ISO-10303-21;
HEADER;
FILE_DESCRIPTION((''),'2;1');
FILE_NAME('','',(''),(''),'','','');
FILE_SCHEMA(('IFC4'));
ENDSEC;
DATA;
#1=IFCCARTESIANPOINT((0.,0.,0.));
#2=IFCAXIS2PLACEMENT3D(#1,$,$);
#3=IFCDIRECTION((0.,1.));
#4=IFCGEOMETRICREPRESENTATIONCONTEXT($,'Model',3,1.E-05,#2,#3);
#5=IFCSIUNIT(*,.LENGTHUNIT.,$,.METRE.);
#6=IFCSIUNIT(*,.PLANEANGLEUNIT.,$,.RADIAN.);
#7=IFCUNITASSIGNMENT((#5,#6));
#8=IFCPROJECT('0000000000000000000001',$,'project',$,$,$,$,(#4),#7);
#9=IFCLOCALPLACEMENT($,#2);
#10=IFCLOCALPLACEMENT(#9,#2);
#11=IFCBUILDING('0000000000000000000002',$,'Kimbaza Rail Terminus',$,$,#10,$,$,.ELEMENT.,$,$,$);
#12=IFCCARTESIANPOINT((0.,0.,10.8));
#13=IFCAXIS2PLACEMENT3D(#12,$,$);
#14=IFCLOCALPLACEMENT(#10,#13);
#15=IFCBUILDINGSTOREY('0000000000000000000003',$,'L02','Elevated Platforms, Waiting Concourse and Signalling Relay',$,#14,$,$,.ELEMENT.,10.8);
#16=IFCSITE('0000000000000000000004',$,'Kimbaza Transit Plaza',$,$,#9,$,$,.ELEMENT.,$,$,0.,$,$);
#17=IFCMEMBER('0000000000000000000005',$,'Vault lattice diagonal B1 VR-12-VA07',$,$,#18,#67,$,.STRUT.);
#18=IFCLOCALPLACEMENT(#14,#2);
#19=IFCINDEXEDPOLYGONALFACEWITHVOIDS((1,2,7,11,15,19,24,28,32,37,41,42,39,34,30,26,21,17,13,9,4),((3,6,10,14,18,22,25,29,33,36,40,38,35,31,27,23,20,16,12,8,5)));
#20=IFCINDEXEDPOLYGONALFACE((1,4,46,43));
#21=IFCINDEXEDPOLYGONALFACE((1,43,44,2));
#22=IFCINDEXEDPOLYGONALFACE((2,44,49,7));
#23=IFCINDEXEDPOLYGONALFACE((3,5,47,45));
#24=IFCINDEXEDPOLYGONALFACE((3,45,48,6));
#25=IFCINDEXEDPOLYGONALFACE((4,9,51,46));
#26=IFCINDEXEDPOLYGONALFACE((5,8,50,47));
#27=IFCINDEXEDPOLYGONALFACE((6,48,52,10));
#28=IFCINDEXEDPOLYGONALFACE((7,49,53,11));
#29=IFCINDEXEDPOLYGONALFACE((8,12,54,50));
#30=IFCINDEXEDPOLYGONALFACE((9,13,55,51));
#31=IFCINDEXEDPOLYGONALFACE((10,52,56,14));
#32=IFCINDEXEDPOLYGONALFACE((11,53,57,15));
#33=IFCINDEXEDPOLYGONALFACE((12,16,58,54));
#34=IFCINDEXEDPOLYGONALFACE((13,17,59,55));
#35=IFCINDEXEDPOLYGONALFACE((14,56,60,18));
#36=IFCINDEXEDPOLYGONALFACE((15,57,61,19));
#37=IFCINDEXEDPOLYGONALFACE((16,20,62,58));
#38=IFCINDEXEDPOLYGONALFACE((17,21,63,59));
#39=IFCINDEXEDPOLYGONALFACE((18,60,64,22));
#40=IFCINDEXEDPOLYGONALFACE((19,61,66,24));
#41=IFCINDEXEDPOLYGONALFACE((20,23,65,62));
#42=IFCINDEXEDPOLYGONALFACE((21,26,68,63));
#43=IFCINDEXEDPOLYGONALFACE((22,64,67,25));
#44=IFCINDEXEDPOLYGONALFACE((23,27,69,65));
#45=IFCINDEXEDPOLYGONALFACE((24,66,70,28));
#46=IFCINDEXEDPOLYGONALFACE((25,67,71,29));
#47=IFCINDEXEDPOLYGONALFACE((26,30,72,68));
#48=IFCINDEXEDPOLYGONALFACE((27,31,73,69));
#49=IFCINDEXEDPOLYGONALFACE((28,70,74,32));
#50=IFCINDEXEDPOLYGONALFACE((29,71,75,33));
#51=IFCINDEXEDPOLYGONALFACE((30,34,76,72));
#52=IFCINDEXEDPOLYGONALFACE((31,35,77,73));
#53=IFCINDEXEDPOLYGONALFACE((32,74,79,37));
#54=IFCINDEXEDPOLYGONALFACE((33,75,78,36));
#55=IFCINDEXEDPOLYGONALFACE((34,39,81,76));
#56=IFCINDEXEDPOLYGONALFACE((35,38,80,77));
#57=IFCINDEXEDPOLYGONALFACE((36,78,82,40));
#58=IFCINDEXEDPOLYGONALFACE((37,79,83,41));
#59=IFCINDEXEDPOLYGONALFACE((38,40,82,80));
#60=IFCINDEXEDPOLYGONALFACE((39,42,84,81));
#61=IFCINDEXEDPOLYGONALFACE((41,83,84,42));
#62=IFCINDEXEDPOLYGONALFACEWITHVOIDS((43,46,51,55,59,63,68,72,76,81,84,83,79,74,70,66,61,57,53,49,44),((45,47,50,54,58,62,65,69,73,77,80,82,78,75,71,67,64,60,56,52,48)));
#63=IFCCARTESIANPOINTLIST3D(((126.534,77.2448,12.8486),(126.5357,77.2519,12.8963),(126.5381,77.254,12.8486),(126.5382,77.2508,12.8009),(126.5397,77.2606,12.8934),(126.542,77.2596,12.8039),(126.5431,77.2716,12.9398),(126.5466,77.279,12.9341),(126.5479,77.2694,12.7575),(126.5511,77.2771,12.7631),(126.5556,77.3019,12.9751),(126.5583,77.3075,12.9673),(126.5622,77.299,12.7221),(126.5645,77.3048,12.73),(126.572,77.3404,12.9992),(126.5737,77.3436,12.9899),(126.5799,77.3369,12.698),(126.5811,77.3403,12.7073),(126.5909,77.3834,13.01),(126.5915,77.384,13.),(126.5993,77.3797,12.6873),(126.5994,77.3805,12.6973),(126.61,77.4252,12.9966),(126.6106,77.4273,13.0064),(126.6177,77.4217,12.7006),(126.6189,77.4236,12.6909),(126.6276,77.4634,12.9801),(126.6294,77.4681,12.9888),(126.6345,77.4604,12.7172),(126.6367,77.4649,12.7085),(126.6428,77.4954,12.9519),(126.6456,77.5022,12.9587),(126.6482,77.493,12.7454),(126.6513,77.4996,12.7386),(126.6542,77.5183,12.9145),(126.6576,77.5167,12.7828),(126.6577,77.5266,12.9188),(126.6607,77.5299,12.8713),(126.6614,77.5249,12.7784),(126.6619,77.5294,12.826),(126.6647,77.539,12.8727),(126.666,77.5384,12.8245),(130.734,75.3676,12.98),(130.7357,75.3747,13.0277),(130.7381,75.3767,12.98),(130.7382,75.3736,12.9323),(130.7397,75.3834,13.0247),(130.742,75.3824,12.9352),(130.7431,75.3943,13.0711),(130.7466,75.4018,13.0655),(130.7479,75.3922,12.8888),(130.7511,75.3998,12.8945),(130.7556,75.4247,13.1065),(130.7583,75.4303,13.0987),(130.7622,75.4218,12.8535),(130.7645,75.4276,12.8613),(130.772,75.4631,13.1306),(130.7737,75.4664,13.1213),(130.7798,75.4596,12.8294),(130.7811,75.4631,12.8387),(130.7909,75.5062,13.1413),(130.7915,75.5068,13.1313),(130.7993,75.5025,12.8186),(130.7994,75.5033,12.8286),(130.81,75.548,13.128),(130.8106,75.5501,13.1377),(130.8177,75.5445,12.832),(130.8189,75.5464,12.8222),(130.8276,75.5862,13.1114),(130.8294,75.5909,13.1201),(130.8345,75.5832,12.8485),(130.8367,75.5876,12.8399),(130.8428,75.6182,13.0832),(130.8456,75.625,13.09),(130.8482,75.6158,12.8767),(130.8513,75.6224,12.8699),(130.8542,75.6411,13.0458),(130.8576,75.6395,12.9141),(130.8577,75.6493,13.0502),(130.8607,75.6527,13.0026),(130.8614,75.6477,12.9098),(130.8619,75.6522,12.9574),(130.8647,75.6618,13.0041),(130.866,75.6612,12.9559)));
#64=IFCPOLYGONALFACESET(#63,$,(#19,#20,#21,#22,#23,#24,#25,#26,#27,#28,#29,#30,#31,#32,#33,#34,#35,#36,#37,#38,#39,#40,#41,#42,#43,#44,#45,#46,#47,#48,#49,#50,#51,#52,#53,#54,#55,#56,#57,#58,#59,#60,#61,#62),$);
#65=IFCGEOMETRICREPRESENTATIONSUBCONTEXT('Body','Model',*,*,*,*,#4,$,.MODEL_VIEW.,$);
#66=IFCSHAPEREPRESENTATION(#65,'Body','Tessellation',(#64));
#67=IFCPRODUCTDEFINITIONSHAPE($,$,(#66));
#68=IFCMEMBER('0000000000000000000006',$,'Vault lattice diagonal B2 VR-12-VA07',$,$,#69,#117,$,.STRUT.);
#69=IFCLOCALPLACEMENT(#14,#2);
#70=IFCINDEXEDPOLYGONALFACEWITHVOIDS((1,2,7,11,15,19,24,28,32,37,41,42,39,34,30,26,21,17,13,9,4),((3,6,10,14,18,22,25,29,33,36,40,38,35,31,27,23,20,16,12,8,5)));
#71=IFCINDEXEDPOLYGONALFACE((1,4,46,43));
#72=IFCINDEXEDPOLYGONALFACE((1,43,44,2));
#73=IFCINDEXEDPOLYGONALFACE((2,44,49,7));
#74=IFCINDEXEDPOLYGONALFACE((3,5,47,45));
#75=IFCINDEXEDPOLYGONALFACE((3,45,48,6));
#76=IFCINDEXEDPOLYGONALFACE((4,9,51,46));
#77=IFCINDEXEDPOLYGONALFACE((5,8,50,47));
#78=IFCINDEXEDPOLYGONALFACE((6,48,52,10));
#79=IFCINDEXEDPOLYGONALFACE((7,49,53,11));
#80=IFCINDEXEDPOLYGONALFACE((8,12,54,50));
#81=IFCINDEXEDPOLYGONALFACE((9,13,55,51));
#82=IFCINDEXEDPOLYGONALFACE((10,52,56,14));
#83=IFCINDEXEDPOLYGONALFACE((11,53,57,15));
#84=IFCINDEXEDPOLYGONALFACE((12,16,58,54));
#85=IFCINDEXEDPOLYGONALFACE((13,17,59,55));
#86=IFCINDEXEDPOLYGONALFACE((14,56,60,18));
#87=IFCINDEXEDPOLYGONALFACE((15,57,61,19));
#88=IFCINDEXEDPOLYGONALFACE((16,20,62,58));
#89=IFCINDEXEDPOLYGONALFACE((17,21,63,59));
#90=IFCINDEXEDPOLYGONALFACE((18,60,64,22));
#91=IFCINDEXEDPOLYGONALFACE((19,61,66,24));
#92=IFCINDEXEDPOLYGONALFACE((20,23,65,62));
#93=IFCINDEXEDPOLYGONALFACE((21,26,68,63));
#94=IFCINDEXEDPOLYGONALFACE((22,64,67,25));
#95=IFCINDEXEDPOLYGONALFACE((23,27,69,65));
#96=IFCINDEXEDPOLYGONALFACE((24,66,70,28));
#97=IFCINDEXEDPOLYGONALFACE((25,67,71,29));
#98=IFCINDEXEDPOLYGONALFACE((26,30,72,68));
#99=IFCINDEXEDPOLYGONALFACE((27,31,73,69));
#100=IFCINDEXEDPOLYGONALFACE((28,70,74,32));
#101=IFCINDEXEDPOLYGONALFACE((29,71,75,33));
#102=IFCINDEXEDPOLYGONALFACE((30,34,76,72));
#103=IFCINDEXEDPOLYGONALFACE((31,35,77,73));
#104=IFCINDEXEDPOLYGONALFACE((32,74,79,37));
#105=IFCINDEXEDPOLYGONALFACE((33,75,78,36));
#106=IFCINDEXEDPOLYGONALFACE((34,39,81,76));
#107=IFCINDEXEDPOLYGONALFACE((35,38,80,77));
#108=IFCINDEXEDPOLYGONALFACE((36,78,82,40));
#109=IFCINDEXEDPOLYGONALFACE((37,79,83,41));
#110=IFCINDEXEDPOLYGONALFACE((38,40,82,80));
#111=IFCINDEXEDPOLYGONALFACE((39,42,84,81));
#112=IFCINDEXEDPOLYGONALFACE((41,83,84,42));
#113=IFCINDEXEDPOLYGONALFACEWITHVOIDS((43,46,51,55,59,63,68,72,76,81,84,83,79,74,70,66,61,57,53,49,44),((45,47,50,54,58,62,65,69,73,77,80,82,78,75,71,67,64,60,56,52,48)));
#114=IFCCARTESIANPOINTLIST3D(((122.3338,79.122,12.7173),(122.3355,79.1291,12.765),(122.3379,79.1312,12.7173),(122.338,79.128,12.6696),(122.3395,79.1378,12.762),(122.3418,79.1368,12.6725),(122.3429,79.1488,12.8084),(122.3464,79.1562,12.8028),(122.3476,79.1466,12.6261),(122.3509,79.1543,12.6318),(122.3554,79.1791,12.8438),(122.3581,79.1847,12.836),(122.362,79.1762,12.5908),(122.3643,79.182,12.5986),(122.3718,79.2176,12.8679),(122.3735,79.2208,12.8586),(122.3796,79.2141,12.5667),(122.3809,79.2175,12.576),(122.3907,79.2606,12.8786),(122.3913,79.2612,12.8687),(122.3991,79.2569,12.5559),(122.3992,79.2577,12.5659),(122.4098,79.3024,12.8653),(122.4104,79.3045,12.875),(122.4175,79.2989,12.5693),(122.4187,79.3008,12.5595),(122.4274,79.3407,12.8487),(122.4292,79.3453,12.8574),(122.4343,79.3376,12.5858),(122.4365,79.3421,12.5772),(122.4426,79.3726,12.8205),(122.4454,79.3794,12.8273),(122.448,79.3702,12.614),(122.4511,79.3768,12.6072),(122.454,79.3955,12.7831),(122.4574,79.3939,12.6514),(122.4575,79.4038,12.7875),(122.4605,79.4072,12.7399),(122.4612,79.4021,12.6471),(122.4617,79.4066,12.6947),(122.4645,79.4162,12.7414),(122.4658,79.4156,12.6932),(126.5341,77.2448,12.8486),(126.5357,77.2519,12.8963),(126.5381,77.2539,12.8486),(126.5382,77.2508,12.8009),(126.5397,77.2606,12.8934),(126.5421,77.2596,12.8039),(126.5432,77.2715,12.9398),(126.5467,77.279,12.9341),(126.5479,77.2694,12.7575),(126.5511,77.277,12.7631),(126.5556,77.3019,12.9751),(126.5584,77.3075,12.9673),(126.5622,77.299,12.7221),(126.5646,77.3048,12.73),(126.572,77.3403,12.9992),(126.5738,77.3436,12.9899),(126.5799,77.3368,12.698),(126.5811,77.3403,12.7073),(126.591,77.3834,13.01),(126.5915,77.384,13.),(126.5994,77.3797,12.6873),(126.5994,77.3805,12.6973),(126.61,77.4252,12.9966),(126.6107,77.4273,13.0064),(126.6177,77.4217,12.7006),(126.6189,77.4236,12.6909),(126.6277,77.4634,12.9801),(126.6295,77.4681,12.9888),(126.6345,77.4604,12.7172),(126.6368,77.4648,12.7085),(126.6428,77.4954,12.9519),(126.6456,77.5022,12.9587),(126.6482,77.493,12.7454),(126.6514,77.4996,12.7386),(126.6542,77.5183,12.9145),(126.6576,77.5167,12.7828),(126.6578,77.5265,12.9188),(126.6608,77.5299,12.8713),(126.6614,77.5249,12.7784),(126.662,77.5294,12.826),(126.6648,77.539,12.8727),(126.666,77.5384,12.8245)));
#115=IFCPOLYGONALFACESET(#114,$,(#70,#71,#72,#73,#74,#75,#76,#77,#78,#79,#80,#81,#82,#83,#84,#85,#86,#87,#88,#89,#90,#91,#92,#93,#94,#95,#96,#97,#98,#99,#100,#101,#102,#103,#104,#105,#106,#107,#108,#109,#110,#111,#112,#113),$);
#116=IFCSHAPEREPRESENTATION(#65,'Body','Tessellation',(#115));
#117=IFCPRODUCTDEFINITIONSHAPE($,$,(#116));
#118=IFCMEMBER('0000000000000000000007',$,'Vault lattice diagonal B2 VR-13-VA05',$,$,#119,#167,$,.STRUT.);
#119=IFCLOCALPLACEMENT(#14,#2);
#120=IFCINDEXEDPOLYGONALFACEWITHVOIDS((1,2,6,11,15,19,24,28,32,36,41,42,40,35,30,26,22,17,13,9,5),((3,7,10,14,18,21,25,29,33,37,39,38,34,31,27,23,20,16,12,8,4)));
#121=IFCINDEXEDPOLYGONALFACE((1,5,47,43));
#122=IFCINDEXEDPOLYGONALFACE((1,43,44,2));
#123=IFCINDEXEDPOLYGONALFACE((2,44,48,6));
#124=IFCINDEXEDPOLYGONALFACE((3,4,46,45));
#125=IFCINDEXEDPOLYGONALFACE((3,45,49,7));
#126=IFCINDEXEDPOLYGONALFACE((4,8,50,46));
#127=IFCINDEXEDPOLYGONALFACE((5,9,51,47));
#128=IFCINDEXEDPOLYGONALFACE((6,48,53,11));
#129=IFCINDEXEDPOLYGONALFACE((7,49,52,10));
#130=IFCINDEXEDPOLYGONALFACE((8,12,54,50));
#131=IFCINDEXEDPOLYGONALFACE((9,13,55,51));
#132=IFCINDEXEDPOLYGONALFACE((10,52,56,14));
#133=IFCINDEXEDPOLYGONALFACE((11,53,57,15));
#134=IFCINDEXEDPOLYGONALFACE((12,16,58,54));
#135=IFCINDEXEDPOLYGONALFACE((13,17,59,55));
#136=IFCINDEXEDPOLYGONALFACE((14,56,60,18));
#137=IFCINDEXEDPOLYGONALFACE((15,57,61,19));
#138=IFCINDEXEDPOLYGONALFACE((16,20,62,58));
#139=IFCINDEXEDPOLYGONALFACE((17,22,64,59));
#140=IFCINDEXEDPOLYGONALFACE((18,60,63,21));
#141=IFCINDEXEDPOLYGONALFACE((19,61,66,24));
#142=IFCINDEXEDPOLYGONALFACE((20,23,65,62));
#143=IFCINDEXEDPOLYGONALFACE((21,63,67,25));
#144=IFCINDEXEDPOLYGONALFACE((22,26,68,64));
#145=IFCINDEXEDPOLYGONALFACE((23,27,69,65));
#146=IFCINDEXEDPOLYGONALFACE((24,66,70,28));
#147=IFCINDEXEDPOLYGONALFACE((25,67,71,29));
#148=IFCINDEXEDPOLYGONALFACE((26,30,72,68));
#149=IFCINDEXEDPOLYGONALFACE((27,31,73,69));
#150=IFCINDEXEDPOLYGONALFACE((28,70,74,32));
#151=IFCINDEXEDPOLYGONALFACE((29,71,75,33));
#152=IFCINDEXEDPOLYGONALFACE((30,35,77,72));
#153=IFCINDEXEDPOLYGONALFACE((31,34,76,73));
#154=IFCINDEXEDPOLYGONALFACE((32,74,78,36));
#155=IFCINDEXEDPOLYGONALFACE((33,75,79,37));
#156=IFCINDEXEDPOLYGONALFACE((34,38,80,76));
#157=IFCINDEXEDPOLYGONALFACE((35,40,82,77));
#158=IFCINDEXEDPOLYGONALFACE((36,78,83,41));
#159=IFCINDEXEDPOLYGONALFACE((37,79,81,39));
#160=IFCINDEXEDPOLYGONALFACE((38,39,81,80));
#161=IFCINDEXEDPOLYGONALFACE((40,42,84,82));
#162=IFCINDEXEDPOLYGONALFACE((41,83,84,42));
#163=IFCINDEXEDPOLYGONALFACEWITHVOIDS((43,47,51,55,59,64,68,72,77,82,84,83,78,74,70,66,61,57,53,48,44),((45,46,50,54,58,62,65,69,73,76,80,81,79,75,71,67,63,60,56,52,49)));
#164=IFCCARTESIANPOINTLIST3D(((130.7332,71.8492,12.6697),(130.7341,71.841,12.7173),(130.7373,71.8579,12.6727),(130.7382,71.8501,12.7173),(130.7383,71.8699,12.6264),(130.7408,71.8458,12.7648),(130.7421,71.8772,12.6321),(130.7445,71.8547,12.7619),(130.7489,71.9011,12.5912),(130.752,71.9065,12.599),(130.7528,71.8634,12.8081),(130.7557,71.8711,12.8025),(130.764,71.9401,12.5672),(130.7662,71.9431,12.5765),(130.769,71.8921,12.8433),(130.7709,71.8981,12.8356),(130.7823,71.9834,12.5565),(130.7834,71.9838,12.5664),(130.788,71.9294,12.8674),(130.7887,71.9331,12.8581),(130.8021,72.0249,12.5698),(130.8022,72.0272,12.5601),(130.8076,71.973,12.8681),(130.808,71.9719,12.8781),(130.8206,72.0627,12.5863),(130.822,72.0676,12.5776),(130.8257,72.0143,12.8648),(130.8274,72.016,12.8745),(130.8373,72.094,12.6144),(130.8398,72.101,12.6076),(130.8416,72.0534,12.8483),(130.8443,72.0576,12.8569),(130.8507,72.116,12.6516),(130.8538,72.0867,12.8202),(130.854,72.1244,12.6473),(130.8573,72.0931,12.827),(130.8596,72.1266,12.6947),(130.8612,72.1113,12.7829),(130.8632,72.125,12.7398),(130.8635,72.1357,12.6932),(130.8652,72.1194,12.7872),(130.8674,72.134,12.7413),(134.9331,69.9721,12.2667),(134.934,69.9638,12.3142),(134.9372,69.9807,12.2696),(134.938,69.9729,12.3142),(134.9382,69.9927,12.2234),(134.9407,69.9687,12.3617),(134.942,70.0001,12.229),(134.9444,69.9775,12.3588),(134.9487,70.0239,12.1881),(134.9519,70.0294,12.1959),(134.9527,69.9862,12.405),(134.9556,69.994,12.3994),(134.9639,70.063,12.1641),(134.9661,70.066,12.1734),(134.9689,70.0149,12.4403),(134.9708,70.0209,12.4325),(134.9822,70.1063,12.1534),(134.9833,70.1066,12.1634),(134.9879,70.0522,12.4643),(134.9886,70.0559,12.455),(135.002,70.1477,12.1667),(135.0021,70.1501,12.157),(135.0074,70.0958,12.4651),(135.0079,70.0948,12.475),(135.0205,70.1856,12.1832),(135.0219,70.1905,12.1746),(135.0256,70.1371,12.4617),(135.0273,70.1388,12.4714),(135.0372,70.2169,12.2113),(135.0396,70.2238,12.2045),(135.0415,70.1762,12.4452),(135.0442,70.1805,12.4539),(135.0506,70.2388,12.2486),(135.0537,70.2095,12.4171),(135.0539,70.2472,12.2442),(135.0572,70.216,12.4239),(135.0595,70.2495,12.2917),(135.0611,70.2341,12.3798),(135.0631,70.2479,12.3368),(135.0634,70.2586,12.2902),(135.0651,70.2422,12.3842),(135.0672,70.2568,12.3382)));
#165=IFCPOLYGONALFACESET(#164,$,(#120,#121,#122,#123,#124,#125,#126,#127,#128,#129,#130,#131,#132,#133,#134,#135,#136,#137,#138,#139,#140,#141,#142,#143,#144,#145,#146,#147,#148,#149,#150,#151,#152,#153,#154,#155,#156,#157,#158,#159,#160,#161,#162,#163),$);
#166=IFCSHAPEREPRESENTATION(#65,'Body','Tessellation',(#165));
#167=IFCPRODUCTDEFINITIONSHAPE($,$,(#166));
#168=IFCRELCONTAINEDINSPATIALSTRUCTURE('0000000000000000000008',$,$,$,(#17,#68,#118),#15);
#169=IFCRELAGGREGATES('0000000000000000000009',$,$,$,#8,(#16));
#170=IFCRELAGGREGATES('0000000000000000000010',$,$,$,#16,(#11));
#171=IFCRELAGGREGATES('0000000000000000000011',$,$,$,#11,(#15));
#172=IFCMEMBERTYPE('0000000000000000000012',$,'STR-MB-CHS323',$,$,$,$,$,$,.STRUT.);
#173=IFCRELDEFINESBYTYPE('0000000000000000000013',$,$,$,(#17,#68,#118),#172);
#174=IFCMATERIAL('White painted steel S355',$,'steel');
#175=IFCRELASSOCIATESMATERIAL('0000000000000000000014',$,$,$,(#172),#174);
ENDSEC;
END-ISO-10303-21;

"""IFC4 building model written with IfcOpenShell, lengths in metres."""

from ifc_helpers import new_model, si_unit, direction, frame, origin, origin_2d, place, context, subcontext, project, spatial, hollow_circle, extrude, material, material_profile, profile_set, type_object, element, save


model = new_model("IFC4")

# Units and contexts
model_context = context("Model", 3, precision=1e-05, world=origin(), true_north=direction((0.0, 1.0)))
body_context = subcontext(model_context, "Body", "Model", "MODEL_VIEW")
ifc_project = project(units=[si_unit("LENGTHUNIT", "METRE"), si_unit("PLANEANGLEUNIT", "RADIAN")], contexts=[model_context])

# Site, building, storey
site_placement = place(None, origin())
site = spatial("IfcSite", under=ifc_project, at=site_placement, Name="Kimbaza Transit Plaza", CompositionType="ELEMENT", RefElevation=0.0)
building_placement = place(site_placement, origin())
building = spatial("IfcBuilding", under=site, at=building_placement, Name="Kimbaza Rail Terminus", CompositionType="ELEMENT")
storey_placement = place(building_placement, frame((0.0, 0.0, 10.8)))
storey = spatial("IfcBuildingStorey", under=building, at=storey_placement, Name="L02", Description="Elevated Platforms, Waiting Concourse and Signalling Relay", CompositionType="ELEMENT", Elevation=10.8)

# Members
ifc_material_1 = material(Name="White painted steel S355", Category="steel")
ifc_material_profile_1 = material_profile(ifc_material_1, hollow_circle(Radius=0.1619, WallThickness=0.01, at=origin_2d()), Name="CHS 323.9x10")
ifc_profile_set_1 = profile_set([ifc_material_profile_1], Name="White painted steel S355")
member_type_1 = type_object("IfcMemberType", Name="STR-MB-CHS323", PredefinedType="STRUT", material=ifc_profile_set_1)
member_1_placement = place(storey_placement, frame((130.8, 75.5154, 12.98), z_axis=(-0.912586, 0.407887, -0.02854), x_axis=(-0.408053, -0.912958, 0.0)))
element("IfcMember", 1, at=member_1_placement, inside=storey, type_object=member_type_1, Name="Vault lattice diagonal B1 VR-12-VA07", PredefinedType="STRUT", context=body_context, shape_type="SweptSolid", body=[
    extrude(hollow_circle(Radius=0.1619, WallThickness=0.01, at=origin_2d()), origin(), (0.0, 0.0, 1.0), 4.6023),
])
member_2_placement = place(storey_placement, frame((126.6001, 77.3926, 12.8486), z_axis=(-0.912595, 0.407867, -0.028538), x_axis=(-0.408033, -0.912967, 0.0)))
element("IfcMember", 2, at=member_2_placement, inside=storey, type_object=member_type_1, Name="Vault lattice diagonal B2 VR-12-VA07", PredefinedType="STRUT", context=body_context, shape_type="SweptSolid", body=[
    extrude(hollow_circle(Radius=0.1619, WallThickness=0.01, at=origin_2d()), origin(), (0.0, 0.0, 1.0), 4.6025),
])
member_3_placement = place(storey_placement, frame((135.0, 70.1116, 12.3142), z_axis=(-0.909474, 0.406496, 0.087284), x_axis=(-0.408053, -0.912958, 0.0)))
element("IfcMember", 3, at=member_3_placement, inside=storey, type_object=member_type_1, Name="Vault lattice diagonal B2 VR-13-VA05", PredefinedType="STRUT", context=body_context, shape_type="SweptSolid", body=[
    extrude(hollow_circle(Radius=0.1619, WallThickness=0.01, at=origin_2d()), origin(), (0.0, 0.0, 1.0), 4.6179),
])

save(model, "model.ifc")
